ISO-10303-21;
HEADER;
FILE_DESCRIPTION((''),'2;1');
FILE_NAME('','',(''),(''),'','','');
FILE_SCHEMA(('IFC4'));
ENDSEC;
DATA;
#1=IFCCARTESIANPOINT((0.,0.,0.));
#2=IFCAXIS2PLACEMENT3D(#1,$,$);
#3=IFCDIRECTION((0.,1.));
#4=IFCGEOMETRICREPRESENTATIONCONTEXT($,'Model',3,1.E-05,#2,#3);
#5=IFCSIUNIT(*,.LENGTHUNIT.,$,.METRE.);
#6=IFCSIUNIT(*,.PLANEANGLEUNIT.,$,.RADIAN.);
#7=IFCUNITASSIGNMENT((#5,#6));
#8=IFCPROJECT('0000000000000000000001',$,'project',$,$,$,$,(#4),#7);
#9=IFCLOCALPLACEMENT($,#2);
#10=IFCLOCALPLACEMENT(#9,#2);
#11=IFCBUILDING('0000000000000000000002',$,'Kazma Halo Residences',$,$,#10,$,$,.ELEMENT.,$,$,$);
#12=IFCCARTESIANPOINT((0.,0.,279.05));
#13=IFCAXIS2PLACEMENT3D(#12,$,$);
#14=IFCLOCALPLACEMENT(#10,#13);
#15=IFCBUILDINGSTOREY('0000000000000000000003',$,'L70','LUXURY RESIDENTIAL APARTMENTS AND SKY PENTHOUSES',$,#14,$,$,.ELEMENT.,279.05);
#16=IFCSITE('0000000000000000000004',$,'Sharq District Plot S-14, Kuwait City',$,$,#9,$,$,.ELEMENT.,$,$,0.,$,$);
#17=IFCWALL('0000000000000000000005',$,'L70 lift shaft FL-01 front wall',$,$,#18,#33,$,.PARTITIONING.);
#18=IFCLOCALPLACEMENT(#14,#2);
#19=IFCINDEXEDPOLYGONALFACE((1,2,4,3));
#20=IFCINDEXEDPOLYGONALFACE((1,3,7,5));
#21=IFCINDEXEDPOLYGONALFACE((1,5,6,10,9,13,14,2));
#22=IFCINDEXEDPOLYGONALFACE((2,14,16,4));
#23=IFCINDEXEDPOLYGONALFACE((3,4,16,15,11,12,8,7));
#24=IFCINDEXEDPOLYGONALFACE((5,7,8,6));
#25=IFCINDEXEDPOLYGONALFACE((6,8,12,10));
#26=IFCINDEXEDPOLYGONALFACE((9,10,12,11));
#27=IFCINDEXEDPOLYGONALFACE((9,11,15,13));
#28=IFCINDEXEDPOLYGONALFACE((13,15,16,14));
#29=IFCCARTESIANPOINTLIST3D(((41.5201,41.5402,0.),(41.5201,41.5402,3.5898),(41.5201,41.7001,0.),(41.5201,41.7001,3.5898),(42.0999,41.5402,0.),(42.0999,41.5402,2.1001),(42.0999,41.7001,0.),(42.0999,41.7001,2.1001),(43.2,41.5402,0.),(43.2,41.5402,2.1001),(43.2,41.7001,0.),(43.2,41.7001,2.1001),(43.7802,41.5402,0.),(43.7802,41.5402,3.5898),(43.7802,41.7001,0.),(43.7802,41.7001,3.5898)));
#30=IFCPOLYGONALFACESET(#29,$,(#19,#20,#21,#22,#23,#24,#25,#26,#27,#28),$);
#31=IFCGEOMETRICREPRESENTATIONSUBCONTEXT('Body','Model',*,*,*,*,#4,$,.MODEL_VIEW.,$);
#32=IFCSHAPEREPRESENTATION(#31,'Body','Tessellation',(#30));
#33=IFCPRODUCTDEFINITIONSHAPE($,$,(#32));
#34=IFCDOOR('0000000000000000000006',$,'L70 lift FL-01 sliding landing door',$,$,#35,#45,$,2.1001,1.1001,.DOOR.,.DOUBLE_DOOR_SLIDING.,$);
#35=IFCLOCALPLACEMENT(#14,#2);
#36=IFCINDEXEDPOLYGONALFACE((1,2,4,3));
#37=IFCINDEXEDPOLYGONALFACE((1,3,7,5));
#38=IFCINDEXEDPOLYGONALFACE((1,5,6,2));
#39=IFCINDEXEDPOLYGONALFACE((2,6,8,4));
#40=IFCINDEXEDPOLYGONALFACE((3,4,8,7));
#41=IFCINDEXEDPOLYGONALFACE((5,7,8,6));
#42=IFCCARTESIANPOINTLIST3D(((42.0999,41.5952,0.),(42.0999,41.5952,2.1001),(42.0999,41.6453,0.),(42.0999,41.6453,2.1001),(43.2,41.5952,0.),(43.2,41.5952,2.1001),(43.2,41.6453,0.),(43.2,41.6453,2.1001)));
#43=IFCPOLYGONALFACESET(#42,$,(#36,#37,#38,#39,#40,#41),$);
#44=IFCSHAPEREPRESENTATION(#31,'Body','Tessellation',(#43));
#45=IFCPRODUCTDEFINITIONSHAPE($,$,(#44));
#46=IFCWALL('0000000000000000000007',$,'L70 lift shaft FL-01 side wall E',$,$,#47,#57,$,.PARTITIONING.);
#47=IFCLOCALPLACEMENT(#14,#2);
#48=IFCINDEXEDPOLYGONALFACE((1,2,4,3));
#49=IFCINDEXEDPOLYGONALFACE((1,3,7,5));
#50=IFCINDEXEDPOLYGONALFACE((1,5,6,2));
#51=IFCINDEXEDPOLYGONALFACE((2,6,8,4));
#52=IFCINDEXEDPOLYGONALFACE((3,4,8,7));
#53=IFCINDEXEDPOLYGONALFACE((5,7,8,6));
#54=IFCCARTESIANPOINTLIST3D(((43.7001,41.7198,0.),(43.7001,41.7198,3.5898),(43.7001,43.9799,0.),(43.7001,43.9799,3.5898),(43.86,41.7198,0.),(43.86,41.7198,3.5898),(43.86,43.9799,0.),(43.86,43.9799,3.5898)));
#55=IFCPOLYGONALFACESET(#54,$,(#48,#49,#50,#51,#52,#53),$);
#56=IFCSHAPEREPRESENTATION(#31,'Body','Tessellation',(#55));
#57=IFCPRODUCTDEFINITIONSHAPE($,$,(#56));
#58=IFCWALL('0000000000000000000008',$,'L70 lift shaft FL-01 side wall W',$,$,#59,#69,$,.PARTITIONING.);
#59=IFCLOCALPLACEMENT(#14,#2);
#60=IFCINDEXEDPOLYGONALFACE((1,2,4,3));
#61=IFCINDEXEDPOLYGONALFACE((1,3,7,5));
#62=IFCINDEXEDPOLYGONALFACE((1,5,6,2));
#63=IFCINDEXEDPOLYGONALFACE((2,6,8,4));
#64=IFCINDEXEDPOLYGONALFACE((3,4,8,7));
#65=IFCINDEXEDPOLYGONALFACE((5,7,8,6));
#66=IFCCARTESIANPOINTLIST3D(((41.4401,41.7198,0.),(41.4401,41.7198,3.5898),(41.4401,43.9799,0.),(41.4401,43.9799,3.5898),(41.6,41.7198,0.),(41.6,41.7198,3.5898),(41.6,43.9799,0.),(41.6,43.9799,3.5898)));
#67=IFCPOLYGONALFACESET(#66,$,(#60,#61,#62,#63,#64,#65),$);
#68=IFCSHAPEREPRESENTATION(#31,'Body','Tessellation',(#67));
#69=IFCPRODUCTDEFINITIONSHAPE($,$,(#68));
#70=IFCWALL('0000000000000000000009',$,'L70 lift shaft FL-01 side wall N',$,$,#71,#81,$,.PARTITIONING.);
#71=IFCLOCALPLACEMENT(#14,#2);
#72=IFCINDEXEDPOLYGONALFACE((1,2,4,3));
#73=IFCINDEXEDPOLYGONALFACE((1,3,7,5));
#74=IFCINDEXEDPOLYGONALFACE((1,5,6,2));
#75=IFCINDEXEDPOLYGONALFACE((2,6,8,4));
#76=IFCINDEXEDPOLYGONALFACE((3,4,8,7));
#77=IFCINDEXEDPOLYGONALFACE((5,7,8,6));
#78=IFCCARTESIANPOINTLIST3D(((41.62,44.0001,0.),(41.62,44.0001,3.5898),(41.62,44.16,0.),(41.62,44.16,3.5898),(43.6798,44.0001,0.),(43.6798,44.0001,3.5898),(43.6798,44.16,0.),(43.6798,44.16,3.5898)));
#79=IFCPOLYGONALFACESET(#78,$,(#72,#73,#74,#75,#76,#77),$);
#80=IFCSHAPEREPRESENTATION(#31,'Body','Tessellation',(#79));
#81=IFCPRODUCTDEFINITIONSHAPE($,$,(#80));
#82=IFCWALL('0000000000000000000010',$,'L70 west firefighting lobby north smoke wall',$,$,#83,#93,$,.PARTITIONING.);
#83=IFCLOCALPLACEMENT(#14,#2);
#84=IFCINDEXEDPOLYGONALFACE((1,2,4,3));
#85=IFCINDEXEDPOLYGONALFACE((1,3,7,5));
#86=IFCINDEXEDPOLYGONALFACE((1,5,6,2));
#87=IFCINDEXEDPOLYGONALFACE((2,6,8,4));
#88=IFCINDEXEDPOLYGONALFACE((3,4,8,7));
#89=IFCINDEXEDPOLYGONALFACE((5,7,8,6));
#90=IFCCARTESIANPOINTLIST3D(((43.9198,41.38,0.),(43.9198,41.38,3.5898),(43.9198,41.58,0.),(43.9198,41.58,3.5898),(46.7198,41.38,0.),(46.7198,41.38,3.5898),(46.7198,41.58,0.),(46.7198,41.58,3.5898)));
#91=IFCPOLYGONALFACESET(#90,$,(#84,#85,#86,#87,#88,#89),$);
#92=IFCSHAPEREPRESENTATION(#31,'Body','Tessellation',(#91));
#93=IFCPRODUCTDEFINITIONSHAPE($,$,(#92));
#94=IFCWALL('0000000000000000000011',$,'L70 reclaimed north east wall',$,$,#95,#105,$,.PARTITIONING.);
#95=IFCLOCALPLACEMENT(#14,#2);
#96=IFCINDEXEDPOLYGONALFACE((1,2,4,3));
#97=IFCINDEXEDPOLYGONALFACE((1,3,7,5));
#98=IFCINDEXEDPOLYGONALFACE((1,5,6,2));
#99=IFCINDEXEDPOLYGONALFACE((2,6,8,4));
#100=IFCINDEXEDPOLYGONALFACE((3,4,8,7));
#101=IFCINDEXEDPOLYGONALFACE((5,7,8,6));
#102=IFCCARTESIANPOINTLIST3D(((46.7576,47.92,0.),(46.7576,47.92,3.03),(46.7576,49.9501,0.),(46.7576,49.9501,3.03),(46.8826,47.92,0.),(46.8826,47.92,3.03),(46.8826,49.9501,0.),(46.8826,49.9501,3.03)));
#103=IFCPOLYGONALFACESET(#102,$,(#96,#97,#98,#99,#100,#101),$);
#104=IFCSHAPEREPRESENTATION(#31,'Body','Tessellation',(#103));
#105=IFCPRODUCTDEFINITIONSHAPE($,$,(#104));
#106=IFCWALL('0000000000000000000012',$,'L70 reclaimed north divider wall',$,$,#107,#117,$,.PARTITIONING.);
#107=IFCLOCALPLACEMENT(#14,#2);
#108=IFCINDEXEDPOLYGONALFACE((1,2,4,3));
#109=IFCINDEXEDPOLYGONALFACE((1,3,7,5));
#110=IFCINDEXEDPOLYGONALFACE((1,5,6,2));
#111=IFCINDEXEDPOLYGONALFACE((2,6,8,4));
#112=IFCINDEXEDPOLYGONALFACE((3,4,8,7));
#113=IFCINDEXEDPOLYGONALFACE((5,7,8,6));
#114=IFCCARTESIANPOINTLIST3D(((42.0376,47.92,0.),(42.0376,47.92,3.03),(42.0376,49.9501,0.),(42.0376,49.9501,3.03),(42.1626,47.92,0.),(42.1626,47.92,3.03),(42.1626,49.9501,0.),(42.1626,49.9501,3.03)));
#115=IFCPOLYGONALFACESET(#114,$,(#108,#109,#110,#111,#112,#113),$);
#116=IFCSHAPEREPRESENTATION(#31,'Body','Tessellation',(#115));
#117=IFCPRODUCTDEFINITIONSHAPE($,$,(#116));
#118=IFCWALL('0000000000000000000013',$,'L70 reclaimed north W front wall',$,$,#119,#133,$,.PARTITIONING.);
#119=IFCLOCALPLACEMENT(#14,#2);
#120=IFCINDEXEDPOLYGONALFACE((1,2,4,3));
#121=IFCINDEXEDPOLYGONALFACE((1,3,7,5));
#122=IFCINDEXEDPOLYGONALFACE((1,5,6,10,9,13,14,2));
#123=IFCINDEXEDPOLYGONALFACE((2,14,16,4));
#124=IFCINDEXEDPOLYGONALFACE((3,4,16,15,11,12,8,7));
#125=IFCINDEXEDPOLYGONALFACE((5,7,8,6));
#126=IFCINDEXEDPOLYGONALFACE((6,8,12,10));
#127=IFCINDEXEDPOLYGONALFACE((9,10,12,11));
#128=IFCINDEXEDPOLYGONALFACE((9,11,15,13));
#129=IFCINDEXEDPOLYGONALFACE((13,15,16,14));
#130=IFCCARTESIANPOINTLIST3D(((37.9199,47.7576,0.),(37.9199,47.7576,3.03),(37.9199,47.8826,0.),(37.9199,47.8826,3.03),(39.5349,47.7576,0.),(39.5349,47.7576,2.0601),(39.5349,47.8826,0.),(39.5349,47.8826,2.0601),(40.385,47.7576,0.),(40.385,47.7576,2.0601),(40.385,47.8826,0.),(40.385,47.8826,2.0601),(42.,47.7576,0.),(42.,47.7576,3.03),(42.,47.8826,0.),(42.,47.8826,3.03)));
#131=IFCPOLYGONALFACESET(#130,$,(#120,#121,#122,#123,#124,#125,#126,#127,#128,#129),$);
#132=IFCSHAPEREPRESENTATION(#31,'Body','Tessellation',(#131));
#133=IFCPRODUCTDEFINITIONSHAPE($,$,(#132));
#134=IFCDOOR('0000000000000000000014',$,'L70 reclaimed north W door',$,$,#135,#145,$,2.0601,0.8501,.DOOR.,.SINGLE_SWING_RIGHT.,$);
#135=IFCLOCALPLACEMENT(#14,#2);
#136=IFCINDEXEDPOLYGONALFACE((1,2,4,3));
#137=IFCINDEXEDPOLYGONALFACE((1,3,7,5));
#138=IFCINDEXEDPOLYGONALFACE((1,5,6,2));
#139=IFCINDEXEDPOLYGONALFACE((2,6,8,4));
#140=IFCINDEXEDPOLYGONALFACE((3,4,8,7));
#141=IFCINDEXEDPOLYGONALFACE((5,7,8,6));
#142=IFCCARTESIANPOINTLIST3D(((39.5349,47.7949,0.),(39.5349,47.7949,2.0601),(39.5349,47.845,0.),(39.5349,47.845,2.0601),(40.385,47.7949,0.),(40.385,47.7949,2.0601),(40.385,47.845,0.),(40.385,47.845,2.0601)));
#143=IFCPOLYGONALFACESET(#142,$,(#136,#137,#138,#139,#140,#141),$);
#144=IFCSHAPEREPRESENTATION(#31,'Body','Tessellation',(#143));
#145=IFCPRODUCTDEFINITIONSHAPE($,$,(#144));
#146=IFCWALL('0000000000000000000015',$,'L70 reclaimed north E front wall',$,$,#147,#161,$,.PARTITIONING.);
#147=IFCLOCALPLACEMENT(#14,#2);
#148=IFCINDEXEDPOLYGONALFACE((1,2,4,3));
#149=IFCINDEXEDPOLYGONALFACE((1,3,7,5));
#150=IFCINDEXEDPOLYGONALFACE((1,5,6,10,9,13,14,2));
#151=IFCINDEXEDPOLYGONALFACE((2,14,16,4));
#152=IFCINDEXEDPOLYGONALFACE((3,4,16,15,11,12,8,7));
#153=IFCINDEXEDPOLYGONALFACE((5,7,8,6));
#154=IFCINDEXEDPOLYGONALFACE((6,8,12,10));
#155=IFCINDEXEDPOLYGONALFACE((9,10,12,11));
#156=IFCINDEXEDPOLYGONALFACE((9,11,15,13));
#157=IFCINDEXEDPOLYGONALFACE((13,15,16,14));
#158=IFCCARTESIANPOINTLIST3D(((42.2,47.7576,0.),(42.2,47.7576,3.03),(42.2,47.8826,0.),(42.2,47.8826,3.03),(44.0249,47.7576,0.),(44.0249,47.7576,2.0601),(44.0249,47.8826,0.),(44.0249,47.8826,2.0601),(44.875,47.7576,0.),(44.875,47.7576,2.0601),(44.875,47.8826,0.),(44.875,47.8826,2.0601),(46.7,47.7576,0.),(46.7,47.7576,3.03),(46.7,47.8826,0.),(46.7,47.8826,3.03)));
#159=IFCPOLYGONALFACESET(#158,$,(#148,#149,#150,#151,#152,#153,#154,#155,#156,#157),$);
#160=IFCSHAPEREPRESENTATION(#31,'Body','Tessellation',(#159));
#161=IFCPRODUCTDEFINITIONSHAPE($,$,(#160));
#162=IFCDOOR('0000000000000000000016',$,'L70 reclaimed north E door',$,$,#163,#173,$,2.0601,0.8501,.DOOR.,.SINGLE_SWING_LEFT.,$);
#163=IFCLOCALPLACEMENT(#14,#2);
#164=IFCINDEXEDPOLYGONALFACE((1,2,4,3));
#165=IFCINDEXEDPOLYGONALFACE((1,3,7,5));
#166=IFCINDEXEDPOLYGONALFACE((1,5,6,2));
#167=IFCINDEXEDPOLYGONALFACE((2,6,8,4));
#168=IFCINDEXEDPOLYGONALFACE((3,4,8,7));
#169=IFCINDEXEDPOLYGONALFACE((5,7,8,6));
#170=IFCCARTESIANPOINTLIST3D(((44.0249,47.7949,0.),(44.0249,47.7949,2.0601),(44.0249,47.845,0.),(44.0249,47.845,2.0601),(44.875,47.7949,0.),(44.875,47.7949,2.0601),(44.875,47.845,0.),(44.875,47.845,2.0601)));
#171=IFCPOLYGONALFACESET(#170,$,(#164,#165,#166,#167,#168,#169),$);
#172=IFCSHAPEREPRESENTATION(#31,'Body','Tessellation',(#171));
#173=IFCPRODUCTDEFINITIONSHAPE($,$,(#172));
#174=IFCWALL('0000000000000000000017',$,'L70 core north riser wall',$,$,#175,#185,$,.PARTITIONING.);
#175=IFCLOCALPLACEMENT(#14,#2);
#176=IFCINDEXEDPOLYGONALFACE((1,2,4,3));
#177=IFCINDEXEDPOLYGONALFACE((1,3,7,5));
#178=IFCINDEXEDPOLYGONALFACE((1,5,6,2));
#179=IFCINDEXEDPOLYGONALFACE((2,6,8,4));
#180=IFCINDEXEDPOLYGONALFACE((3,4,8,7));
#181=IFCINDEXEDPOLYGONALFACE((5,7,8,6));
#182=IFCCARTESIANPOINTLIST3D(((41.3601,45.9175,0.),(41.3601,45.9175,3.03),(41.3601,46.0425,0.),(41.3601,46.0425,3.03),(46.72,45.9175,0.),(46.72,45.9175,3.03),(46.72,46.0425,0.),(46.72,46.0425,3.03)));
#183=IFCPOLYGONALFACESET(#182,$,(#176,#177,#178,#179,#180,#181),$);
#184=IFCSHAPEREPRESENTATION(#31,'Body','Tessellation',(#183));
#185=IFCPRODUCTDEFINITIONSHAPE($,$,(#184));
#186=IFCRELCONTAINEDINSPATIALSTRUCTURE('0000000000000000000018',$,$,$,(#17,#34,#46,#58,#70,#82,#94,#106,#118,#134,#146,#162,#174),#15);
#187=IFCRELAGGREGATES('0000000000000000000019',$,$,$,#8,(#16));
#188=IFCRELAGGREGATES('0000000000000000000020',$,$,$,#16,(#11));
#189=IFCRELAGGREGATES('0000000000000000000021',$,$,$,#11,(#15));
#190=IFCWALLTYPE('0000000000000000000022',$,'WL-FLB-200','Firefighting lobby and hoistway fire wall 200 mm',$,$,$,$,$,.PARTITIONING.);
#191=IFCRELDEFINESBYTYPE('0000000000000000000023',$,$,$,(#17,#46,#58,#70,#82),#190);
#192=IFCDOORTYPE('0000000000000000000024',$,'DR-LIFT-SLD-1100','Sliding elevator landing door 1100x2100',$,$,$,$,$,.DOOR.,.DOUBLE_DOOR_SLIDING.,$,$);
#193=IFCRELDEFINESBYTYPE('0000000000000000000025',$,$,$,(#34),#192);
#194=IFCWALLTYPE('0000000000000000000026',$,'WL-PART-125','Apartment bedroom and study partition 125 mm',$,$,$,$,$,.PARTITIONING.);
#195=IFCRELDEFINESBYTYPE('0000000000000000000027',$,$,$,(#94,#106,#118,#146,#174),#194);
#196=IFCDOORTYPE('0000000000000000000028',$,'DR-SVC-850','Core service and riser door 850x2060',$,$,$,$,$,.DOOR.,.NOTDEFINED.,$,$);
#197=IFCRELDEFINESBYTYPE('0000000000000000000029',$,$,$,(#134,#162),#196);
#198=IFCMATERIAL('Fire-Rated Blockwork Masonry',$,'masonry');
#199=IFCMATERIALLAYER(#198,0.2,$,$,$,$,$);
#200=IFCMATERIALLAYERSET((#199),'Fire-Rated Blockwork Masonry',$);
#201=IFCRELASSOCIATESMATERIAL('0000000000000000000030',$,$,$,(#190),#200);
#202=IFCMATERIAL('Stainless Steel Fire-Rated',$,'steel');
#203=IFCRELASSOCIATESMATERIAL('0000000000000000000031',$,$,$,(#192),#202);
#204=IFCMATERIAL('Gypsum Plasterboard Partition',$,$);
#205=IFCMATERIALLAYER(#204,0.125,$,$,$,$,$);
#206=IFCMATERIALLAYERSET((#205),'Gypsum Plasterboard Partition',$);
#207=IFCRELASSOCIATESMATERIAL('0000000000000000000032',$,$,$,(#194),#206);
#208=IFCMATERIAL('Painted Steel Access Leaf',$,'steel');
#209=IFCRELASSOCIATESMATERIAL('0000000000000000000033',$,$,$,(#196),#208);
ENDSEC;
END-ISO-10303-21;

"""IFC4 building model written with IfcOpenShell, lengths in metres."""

from ifc_helpers import new_model, si_unit, direction, frame, frame_2d, origin, place, context, subcontext, project, spatial, rectangle, extrude, material, layer, layer_set, type_object, element, fill, save


model = new_model("IFC4")

# Units and contexts
model_context = context("Model", 3, precision=1e-05, world=origin(), true_north=direction((0.0, 1.0)))
body_context = subcontext(model_context, "Body", "Model", "MODEL_VIEW")
ifc_project = project(units=[si_unit("LENGTHUNIT", "METRE"), si_unit("PLANEANGLEUNIT", "RADIAN")], contexts=[model_context])

# Site, building, storey
site_placement = place(None, origin())
site = spatial("IfcSite", under=ifc_project, at=site_placement, Name="Sharq District Plot S-14, Kuwait City", CompositionType="ELEMENT", RefElevation=0.0)
building_placement = place(site_placement, origin())
building = spatial("IfcBuilding", under=site, at=building_placement, Name="Kazma Halo Residences", CompositionType="ELEMENT")
storey_placement = place(building_placement, frame((0.0, 0.0, 279.05)))
storey = spatial("IfcBuildingStorey", under=building, at=storey_placement, Name="L70", Description="LUXURY RESIDENTIAL APARTMENTS AND SKY PENTHOUSES", CompositionType="ELEMENT", Elevation=279.05)

# Wall, opening, door
ifc_material_1 = material(Name="Fire-Rated Blockwork Masonry", Category="masonry")
ifc_layer_1 = layer(ifc_material_1, 0.2)
ifc_layer_set_1 = layer_set([ifc_layer_1], Name="Fire-Rated Blockwork Masonry")
wall_type_1 = type_object("IfcWallType", Name="WL-FLB-200", Description="Firefighting lobby and hoistway fire wall 200 mm", PredefinedType="PARTITIONING", material=ifc_layer_set_1)
wall_1_placement = place(storey_placement, frame((43.78, 41.6201, 0.0), z_axis=(0.0, 0.0, 1.0), x_axis=(-1.0, 0.0, 0.0)))
wall_1 = element("IfcWall", 1, at=wall_1_placement, inside=storey, type_object=wall_type_1, Name="L70 lift shaft FL-01 front wall", PredefinedType="PARTITIONING", context=body_context, shape_type="SweptSolid", body=[
    extrude(rectangle(XDim=2.26, YDim=0.1599, at=frame_2d((1.1299, 0.0))), origin(), (0.0, 0.0, 1.0), 3.5898),
])
opening_1_placement = place(wall_1_placement, frame((0.5801, 0.0, 0.0)))
opening_1 = element("IfcOpeningElement", 2, at=opening_1_placement, cuts=wall_1, PredefinedType="OPENING", context=body_context, shape_type="SweptSolid", body=[
    extrude(rectangle(XDim=1.1001, YDim=2.1001, at=frame_2d((0.55, 1.05))), frame((0.0, 0.0898, 0.0), z_axis=(0.0, -1.0, 0.0), x_axis=(1.0, 0.0, 0.0)), (0.0, 0.0, 1.0), 0.1799),
])
ifc_material_2 = material(Name="Stainless Steel Fire-Rated", Category="steel")
door_type_1 = type_object("IfcDoorType", Name="DR-LIFT-SLD-1100", Description="Sliding elevator landing door 1100x2100", OperationType="DOUBLE_DOOR_SLIDING", PredefinedType="DOOR", material=ifc_material_2)
door_1_placement = place(opening_1_placement, origin())
door_1 = element("IfcDoor", 3, at=door_1_placement, inside=storey, type_object=door_type_1, Name="L70 lift FL-01 sliding landing door", OperationType="DOUBLE_DOOR_SLIDING", OverallHeight=2.1001, OverallWidth=1.1001, PredefinedType="DOOR", context=body_context, shape_type="SweptSolid", body=[
    extrude(rectangle(XDim=1.1001, YDim=2.1001, at=frame_2d((0.55, 1.05))), frame((0.0, 0.0249, 0.0), z_axis=(0.0, -1.0, 0.0), x_axis=(1.0, 0.0, 0.0)), (0.0, 0.0, 1.0), 0.05),
])
fill(opening_1, door_1)

# Walls
for number, where, z_axis, x_axis, name in (
    (4, (43.78, 41.72, 0.0), (0.0, 0.0, 1.0), (0.0, 1.0, 0.0), "L70 lift shaft FL-01 side wall E"),
    (5, (41.52, 41.72, 0.0), (0.0, 0.0, 1.0), (0.0, 1.0, 0.0), "L70 lift shaft FL-01 side wall W"),
):
    element("IfcWall", number, at=place(storey_placement, frame(where, z_axis=z_axis, x_axis=x_axis)), inside=storey, type_object=wall_type_1, Name=name, PredefinedType="PARTITIONING", context=body_context, shape_type="SweptSolid", body=[
        extrude(rectangle(XDim=2.26, YDim=0.1599, at=frame_2d((1.1299, 0.0))), origin(), (0.0, 0.0, 1.0), 3.5898),
    ])
wall_2_placement = place(storey_placement, frame((41.6201, 44.0801, 0.0), z_axis=(0.0, 0.0, 1.0), x_axis=(1.0, 0.0, 0.0)))
element("IfcWall", 6, at=wall_2_placement, inside=storey, type_object=wall_type_1, Name="L70 lift shaft FL-01 side wall N", PredefinedType="PARTITIONING", context=body_context, shape_type="SweptSolid", body=[
    extrude(rectangle(XDim=2.0598, YDim=0.1599, at=frame_2d((1.0298, 0.0))), origin(), (0.0, 0.0, 1.0), 3.5898),
])
wall_3_placement = place(storey_placement, frame((43.9199, 41.48, 0.0), z_axis=(0.0, 0.0, 1.0), x_axis=(1.0, 0.0, 0.0)))
element("IfcWall", 7, at=wall_3_placement, inside=storey, type_object=wall_type_1, Name="L70 west firefighting lobby north smoke wall", PredefinedType="PARTITIONING", context=body_context, shape_type="SweptSolid", body=[
    extrude(rectangle(XDim=2.8, YDim=0.2, at=frame_2d((1.3999, 0.0))), origin(), (0.0, 0.0, 1.0), 3.5898),
])
ifc_material_3 = material(Name="Gypsum Plasterboard Partition")
ifc_layer_2 = layer(ifc_material_3, 0.125)
ifc_layer_set_2 = layer_set([ifc_layer_2], Name="Gypsum Plasterboard Partition")
wall_type_2 = type_object("IfcWallType", Name="WL-PART-125", Description="Apartment bedroom and study partition 125 mm", PredefinedType="PARTITIONING", material=ifc_layer_set_2)
for number, where, z_axis, x_axis, name in (
    (8, (46.8201, 47.9199, 0.0), (0.0, 0.0, 1.0), (0.0, 1.0, 0.0), "L70 reclaimed north east wall"),
    (9, (42.1001, 47.9199, 0.0), (0.0, 0.0, 1.0), (0.0, 1.0, 0.0), "L70 reclaimed north divider wall"),
):
    element("IfcWall", number, at=place(storey_placement, frame(where, z_axis=z_axis, x_axis=x_axis)), inside=storey, type_object=wall_type_2, Name=name, PredefinedType="PARTITIONING", context=body_context, shape_type="SweptSolid", body=[
        extrude(rectangle(XDim=2.03, YDim=0.125, at=frame_2d((1.0151, 0.0))), origin(), (0.0, 0.0, 1.0), 3.03),
    ])

# Walls, openings, doors
wall_4_placement = place(storey_placement, frame((37.9199, 47.8201, 0.0), z_axis=(0.0, 0.0, 1.0), x_axis=(1.0, 0.0, 0.0)))
wall_4 = element("IfcWall", 10, at=wall_4_placement, inside=storey, type_object=wall_type_2, Name="L70 reclaimed north W front wall", PredefinedType="PARTITIONING", context=body_context, shape_type="SweptSolid", body=[
    extrude(rectangle(XDim=4.0801, YDim=0.125, at=frame_2d((2.04, 0.0))), origin(), (0.0, 0.0, 1.0), 3.03),
])
opening_2_placement = place(wall_4_placement, frame((1.615, 0.0, 0.0)))
opening_2 = element("IfcOpeningElement", 11, at=opening_2_placement, cuts=wall_4, PredefinedType="OPENING", context=body_context, shape_type="SweptSolid", body=[
    extrude(rectangle(XDim=0.8501, YDim=2.0601, at=frame_2d((0.425, 1.03))), frame((0.0, 0.0725, 0.0), z_axis=(0.0, -1.0, 0.0), x_axis=(1.0, 0.0, 0.0)), (0.0, 0.0, 1.0), 0.145),
])
ifc_material_4 = material(Name="Painted Steel Access Leaf", Category="steel")
door_type_2 = type_object("IfcDoorType", Name="DR-SVC-850", Description="Core service and riser door 850x2060", OperationType="NOTDEFINED", PredefinedType="DOOR", material=ifc_material_4)
door_2_placement = place(opening_2_placement, origin())
door_2 = element("IfcDoor", 12, at=door_2_placement, inside=storey, type_object=door_type_2, Name="L70 reclaimed north W door", OperationType="SINGLE_SWING_RIGHT", OverallHeight=2.0601, OverallWidth=0.8501, PredefinedType="DOOR", context=body_context, shape_type="SweptSolid", body=[
    extrude(rectangle(XDim=0.8501, YDim=2.0601, at=frame_2d((0.425, 1.03))), frame((0.0, 0.0249, 0.0), z_axis=(0.0, -1.0, 0.0), x_axis=(1.0, 0.0, 0.0)), (0.0, 0.0, 1.0), 0.05),
])
fill(opening_2, door_2)
wall_5_placement = place(storey_placement, frame((42.2, 47.8201, 0.0), z_axis=(0.0, 0.0, 1.0), x_axis=(1.0, 0.0, 0.0)))
wall_5 = element("IfcWall", 13, at=wall_5_placement, inside=storey, type_object=wall_type_2, Name="L70 reclaimed north E front wall", PredefinedType="PARTITIONING", context=body_context, shape_type="SweptSolid", body=[
    extrude(rectangle(XDim=4.5, YDim=0.125, at=frame_2d((2.25, 0.0))), origin(), (0.0, 0.0, 1.0), 3.03),
])
opening_3_placement = place(wall_5_placement, frame((1.825, 0.0, 0.0)))
opening_3 = element("IfcOpeningElement", 14, at=opening_3_placement, cuts=wall_5, PredefinedType="OPENING", context=body_context, shape_type="SweptSolid", body=[
    extrude(rectangle(XDim=0.8501, YDim=2.0601, at=frame_2d((0.425, 1.03))), frame((0.0, 0.0725, 0.0), z_axis=(0.0, -1.0, 0.0), x_axis=(1.0, 0.0, 0.0)), (0.0, 0.0, 1.0), 0.145),
])
door_3_placement = place(opening_3_placement, origin())
door_3 = element("IfcDoor", 15, at=door_3_placement, inside=storey, type_object=door_type_2, Name="L70 reclaimed north E door", OperationType="SINGLE_SWING_LEFT", OverallHeight=2.0601, OverallWidth=0.8501, PredefinedType="DOOR", context=body_context, shape_type="SweptSolid", body=[
    extrude(rectangle(XDim=0.8501, YDim=2.0601, at=frame_2d((0.425, 1.03))), frame((0.0, 0.0249, 0.0), z_axis=(0.0, -1.0, 0.0), x_axis=(1.0, 0.0, 0.0)), (0.0, 0.0, 1.0), 0.05),
])
fill(opening_3, door_3)

# Wall
wall_6_placement = place(storey_placement, frame((41.3601, 45.98, 0.0), z_axis=(0.0, 0.0, 1.0), x_axis=(1.0, 0.0, 0.0)))
element("IfcWall", 16, at=wall_6_placement, inside=storey, type_object=wall_type_2, Name="L70 core north riser wall", PredefinedType="PARTITIONING", context=body_context, shape_type="SweptSolid", body=[
    extrude(rectangle(XDim=5.3599, YDim=0.125, at=frame_2d((2.6799, 0.0))), origin(), (0.0, 0.0, 1.0), 3.03),
])

save(model, "model.ifc")
